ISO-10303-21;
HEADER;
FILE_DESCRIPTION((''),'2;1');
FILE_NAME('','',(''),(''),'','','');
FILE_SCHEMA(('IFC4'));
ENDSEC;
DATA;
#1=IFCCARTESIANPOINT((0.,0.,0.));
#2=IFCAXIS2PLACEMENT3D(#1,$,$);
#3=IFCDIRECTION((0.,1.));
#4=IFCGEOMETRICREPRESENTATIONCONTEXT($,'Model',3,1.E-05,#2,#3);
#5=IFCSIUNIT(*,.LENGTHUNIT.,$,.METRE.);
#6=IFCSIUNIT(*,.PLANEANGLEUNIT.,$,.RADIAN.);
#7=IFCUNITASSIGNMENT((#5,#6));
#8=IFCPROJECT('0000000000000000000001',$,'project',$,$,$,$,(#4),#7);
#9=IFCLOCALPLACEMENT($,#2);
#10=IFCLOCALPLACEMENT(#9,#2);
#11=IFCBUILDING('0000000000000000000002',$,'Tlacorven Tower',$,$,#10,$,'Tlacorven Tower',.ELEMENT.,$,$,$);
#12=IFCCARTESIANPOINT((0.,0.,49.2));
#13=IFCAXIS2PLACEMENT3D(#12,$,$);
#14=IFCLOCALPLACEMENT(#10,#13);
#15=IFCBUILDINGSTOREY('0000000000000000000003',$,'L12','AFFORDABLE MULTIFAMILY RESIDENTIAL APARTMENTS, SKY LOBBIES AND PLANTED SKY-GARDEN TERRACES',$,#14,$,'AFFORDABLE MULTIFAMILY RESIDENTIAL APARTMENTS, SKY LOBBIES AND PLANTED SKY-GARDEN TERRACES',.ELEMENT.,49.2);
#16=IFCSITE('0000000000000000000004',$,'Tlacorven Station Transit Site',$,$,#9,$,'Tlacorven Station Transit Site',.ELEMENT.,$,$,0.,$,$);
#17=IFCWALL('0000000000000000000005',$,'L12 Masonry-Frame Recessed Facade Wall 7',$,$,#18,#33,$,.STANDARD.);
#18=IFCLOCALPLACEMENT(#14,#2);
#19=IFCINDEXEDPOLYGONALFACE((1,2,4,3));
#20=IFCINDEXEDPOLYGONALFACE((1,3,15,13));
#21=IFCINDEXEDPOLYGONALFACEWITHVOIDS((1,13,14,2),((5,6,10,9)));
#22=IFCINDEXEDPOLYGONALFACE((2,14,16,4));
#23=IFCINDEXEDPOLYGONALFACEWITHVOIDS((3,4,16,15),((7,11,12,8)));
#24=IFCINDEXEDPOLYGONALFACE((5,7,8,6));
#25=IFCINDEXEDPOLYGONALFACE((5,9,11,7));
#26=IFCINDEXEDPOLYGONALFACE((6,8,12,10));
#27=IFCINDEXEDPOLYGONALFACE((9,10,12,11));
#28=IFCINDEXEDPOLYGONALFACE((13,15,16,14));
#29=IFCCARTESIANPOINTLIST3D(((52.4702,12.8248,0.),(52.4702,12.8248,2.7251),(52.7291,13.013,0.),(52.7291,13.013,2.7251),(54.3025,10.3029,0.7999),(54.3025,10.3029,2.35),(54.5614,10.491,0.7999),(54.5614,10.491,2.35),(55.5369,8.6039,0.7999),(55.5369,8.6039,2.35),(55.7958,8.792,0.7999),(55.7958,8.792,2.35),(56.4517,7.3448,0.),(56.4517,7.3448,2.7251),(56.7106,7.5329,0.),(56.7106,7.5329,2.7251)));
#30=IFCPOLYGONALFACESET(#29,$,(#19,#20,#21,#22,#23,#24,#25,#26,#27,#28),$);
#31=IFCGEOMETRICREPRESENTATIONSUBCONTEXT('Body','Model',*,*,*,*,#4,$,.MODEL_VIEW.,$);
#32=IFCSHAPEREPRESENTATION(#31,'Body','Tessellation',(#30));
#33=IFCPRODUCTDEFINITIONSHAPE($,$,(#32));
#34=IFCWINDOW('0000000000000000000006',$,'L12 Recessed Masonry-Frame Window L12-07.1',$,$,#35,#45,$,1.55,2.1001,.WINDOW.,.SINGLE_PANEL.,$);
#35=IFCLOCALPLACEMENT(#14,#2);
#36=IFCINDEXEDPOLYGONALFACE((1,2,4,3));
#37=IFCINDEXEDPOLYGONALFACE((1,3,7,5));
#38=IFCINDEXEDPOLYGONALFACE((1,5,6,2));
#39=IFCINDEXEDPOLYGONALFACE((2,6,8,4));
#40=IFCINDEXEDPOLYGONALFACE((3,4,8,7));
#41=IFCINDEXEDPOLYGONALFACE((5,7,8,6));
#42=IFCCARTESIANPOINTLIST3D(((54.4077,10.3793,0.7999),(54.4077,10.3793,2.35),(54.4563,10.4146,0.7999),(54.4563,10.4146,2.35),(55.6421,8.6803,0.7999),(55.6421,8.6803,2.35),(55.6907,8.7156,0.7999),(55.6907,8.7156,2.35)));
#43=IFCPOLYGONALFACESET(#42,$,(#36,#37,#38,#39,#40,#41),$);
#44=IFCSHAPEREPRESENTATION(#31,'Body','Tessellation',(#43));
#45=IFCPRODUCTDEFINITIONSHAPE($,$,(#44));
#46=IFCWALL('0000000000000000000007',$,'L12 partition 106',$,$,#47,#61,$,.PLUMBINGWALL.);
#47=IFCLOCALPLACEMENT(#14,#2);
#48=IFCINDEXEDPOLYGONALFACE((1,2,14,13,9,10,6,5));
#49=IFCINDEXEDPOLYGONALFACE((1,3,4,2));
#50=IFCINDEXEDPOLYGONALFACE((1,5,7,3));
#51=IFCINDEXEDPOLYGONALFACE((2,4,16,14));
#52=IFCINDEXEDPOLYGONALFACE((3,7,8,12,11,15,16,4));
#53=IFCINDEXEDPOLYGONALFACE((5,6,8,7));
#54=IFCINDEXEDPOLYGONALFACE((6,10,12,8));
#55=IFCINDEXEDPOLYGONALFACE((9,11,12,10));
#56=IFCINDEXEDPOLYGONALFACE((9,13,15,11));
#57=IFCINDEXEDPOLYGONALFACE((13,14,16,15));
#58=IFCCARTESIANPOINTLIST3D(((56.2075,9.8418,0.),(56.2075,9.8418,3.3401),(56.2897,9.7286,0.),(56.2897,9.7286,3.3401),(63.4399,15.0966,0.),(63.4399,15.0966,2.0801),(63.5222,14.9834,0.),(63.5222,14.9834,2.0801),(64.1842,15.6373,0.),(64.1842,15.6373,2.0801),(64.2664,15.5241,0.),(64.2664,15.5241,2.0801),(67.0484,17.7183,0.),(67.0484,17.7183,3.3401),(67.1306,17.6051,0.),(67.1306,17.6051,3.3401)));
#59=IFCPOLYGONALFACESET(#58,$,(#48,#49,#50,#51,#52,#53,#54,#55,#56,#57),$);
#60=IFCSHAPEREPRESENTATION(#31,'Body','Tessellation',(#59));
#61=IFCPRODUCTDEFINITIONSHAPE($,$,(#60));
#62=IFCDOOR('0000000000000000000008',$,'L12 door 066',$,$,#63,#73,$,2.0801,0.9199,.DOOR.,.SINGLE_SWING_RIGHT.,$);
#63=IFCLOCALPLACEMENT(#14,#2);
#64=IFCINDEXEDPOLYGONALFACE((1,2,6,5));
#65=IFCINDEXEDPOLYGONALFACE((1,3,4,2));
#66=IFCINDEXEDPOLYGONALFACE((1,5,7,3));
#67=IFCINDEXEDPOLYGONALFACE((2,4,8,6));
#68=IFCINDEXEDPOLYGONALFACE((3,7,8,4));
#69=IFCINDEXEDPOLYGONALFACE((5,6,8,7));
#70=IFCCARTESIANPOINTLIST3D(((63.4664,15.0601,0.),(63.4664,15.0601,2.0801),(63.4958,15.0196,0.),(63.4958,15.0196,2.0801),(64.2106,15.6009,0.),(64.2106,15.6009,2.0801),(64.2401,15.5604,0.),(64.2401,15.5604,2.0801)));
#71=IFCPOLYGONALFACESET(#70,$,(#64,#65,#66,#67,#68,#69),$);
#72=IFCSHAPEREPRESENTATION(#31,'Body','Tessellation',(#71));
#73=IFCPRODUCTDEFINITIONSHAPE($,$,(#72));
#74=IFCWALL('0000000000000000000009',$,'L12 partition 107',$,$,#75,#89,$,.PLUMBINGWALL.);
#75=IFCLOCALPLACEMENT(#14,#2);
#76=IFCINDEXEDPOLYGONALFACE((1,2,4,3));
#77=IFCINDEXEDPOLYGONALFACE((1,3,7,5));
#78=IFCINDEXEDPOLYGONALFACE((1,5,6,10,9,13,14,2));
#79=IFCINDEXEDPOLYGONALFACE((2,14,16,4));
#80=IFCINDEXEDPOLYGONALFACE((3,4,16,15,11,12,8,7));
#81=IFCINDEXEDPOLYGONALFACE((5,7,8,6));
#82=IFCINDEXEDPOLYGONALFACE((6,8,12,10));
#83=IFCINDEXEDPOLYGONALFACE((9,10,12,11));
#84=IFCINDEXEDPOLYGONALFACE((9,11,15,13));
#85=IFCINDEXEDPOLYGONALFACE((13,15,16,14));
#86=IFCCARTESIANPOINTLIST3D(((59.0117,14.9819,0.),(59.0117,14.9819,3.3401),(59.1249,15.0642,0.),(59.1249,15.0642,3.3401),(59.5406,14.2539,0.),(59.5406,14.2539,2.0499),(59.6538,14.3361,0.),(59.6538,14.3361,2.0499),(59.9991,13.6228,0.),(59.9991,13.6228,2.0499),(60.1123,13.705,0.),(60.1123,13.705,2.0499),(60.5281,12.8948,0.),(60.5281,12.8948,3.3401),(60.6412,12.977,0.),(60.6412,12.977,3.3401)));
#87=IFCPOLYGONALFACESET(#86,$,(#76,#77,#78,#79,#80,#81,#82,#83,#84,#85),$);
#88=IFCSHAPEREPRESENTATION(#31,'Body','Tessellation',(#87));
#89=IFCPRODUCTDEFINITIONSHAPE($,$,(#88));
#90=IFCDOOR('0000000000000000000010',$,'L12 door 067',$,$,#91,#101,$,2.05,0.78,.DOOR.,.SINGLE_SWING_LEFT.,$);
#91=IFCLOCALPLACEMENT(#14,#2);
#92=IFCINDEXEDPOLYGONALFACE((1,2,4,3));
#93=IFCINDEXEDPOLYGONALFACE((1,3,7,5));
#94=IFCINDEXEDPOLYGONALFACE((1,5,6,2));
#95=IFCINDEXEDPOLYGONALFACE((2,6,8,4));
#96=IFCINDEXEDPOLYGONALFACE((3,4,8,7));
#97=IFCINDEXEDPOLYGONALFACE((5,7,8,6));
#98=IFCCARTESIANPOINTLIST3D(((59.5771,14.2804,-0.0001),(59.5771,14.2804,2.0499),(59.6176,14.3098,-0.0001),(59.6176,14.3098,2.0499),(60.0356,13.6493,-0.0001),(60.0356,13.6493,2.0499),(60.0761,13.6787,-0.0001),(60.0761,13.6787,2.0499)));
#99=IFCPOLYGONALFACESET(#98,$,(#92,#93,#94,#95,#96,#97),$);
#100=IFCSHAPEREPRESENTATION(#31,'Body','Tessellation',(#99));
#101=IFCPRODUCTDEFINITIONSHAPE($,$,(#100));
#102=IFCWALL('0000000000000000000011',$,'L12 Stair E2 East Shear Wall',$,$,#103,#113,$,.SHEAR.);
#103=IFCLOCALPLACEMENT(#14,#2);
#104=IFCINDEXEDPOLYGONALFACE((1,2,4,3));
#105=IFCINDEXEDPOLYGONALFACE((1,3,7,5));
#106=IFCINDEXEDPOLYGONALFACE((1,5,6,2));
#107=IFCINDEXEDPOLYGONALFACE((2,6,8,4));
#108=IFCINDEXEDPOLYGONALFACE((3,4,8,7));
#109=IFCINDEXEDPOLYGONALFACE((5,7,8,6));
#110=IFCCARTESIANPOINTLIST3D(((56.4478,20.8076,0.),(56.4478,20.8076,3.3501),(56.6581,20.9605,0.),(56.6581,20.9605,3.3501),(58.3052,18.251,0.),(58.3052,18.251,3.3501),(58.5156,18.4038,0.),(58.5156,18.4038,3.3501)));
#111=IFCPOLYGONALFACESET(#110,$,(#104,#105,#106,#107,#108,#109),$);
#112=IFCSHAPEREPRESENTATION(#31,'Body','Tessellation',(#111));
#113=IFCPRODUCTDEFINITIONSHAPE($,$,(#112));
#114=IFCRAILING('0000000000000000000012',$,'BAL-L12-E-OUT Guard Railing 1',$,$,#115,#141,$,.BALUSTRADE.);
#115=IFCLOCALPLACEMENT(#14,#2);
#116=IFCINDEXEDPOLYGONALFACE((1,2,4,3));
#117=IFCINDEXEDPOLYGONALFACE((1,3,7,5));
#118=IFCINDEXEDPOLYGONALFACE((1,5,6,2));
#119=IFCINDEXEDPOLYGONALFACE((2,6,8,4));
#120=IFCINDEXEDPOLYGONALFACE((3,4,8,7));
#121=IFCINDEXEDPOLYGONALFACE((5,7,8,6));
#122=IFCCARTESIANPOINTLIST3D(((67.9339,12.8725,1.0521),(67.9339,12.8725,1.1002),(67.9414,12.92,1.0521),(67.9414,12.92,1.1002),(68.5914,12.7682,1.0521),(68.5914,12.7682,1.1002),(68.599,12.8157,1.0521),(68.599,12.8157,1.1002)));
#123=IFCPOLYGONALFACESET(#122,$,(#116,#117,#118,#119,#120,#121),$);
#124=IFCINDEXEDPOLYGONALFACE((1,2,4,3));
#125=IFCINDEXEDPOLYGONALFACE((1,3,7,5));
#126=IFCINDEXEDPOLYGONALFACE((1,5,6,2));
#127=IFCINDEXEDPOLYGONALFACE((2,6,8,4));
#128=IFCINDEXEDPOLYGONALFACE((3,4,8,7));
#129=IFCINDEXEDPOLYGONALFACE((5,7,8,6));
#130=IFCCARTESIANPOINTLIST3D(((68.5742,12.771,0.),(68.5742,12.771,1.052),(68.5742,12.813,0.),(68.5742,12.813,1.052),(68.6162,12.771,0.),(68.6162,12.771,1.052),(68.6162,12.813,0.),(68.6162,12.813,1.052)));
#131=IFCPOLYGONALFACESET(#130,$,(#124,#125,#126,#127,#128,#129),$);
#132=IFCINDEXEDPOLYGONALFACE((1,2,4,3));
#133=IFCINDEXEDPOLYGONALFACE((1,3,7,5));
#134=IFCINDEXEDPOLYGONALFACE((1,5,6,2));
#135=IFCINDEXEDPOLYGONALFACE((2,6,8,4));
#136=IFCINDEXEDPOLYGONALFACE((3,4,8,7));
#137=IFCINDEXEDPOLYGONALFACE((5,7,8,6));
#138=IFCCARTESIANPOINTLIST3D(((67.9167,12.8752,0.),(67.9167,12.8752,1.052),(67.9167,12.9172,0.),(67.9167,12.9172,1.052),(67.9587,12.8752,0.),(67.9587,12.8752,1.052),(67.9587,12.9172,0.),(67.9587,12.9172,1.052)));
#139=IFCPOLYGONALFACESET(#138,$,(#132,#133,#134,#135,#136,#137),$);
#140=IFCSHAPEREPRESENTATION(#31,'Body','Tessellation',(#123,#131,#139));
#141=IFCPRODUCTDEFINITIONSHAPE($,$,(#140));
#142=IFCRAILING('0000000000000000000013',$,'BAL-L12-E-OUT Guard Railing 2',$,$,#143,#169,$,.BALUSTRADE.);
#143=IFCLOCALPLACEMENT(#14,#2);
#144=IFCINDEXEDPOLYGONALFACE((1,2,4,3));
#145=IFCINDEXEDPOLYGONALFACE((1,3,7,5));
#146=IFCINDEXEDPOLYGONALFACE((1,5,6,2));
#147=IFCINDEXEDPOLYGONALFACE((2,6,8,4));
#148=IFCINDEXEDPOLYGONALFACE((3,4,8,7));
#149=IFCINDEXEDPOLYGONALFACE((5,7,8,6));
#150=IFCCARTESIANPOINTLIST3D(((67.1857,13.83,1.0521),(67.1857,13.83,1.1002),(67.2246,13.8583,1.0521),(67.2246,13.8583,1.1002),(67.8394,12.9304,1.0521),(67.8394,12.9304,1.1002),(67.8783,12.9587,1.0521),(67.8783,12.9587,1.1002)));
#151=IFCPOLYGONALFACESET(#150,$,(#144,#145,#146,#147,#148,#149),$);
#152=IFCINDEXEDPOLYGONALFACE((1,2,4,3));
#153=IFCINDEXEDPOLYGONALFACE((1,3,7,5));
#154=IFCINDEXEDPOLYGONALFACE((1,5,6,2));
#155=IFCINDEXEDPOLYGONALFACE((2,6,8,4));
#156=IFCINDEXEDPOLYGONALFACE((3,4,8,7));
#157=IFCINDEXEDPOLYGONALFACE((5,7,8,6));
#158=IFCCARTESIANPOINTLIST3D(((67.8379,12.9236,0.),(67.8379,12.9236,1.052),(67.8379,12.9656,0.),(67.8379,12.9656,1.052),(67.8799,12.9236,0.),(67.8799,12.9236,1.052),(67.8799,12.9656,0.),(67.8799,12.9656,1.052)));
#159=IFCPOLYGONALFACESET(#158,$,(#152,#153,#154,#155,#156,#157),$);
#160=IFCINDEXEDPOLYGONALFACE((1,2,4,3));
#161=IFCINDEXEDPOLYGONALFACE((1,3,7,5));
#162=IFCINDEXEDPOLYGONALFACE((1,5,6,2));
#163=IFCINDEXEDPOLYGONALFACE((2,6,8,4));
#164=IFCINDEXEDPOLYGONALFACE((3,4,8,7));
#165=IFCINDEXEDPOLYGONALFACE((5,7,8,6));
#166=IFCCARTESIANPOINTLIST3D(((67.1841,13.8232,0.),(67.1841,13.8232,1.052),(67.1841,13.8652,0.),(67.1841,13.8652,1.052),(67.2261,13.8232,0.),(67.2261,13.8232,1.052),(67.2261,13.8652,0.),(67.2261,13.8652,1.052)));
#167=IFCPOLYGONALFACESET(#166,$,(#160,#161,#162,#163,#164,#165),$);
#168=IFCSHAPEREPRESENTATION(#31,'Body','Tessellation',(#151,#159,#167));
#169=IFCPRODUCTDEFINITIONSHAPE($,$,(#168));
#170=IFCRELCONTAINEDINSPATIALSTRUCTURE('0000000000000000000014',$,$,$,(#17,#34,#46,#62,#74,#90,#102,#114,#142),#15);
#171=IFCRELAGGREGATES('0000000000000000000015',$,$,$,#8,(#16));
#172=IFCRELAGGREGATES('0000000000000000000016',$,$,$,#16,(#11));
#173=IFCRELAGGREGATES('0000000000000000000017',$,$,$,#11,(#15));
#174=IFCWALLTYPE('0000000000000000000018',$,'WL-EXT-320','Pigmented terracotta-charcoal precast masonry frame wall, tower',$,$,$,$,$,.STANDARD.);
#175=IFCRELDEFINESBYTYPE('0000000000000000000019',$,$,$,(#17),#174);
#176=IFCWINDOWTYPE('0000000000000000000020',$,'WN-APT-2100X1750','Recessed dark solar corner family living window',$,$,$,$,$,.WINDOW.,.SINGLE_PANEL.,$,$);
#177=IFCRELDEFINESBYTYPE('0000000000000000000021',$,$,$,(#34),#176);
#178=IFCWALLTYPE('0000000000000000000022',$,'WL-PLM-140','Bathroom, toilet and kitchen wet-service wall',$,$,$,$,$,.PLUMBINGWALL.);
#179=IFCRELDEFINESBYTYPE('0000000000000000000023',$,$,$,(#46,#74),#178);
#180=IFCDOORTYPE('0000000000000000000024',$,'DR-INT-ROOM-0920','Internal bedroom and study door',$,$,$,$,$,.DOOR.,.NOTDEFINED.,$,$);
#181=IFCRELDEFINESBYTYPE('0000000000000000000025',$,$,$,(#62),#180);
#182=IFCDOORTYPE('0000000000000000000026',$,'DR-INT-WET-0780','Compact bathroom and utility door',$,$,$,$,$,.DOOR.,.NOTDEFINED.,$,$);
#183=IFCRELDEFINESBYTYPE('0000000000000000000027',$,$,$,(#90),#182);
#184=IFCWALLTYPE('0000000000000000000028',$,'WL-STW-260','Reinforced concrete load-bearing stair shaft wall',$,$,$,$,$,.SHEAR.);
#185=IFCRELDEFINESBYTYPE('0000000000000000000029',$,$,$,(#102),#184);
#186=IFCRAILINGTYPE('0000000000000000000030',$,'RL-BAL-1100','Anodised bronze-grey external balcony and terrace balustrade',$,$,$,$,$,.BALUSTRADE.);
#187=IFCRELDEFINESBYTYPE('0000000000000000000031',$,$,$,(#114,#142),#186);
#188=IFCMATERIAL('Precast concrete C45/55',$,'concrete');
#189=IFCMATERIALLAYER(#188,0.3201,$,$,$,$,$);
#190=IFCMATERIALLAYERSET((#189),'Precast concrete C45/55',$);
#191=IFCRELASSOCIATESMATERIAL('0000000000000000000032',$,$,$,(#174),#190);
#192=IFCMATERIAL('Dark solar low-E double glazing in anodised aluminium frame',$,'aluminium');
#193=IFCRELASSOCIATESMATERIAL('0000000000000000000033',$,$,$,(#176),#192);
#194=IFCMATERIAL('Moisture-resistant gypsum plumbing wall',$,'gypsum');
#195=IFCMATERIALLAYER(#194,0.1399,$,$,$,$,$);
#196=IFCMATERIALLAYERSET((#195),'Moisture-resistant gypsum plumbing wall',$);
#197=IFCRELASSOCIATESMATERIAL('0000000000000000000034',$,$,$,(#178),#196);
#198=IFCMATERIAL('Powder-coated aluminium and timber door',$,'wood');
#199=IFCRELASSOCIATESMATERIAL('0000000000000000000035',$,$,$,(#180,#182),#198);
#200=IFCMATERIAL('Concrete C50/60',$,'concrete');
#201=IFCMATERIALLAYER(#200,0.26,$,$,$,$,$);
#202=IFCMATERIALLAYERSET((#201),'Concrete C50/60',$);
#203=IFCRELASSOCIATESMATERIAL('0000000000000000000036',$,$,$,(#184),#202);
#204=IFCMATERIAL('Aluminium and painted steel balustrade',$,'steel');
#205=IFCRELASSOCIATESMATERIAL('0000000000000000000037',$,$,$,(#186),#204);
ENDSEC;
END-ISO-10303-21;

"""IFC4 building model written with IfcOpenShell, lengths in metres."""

from ifc_helpers import new_model, si_unit, direction, frame, frame_2d, origin, origin_2d, place, context, subcontext, project, spatial, rectangle, extrude, source, transform, mapped, material, layer, layer_set, type_object, element, fill, save


model = new_model("IFC4")

# Units and contexts
model_context = context("Model", 3, precision=1e-05, world=origin(), true_north=direction((0.0, 1.0)))
body_context = subcontext(model_context, "Body", "Model", "MODEL_VIEW")
ifc_project = project(units=[si_unit("LENGTHUNIT", "METRE"), si_unit("PLANEANGLEUNIT", "RADIAN")], contexts=[model_context])

# Site, building, storey
site_placement = place(None, origin())
site = spatial("IfcSite", under=ifc_project, at=site_placement, Name="Tlacorven Station Transit Site", LongName="Tlacorven Station Transit Site", CompositionType="ELEMENT", RefElevation=0.0)
building_placement = place(site_placement, origin())
building = spatial("IfcBuilding", under=site, at=building_placement, Name="Tlacorven Tower", LongName="Tlacorven Tower", CompositionType="ELEMENT")
storey_placement = place(building_placement, frame((0.0, 0.0, 49.2)))
storey = spatial("IfcBuildingStorey", under=building, at=storey_placement, Name="L12", Description="AFFORDABLE MULTIFAMILY RESIDENTIAL APARTMENTS, SKY LOBBIES AND PLANTED SKY-GARDEN TERRACES", LongName="AFFORDABLE MULTIFAMILY RESIDENTIAL APARTMENTS, SKY LOBBIES AND PLANTED SKY-GARDEN TERRACES", CompositionType="ELEMENT", Elevation=49.2)

# Shared definitions
ifc_material_1 = material(Name="Precast concrete C45/55", Category="concrete")
ifc_layer_1 = layer(ifc_material_1, 0.3201)
ifc_layer_set_1 = layer_set([ifc_layer_1], Name="Precast concrete C45/55")
wall_type_1 = type_object("IfcWallType", Name="WL-EXT-320", Description="Pigmented terracotta-charcoal precast masonry frame wall, tower", PredefinedType="STANDARD", material=ifc_layer_set_1)
ifc_material_2 = material(Name="Powder-coated aluminium and timber door", Category="wood")
ifc_material_3 = material(Name="Dark solar low-E double glazing in anodised aluminium frame", Category="aluminium")

# Wall, opening, window
wall_1_placement = place(storey_placement, frame((56.5811, 7.439, 0.0), z_axis=(0.0, 0.0, 1.0), x_axis=(-0.587786, 0.809017, 0.0)))
wall_1 = element("IfcWall", 1, at=wall_1_placement, inside=storey, type_object=wall_type_1, Name="L12 Masonry-Frame Recessed Facade Wall 7", PredefinedType="STANDARD", context=body_context, shape_type="SweptSolid", body=[
    extrude(rectangle(XDim=6.7737, YDim=0.3201, at=frame_2d((3.3867, 0.0))), origin(), (0.0, 0.0, 1.0), 2.7251),
])
opening_1_placement = place(wall_1_placement, frame((1.5562, 0.0, 0.8)))
opening_1 = element("IfcOpeningElement", 2, at=opening_1_placement, cuts=wall_1, PredefinedType="OPENING", context=body_context, shape_type="SweptSolid", body=[
    extrude(rectangle(XDim=2.1001, YDim=1.55, at=frame_2d((1.05, 0.7749))), frame((0.0, 0.1699, 0.0), z_axis=(0.0, -1.0, 0.0), x_axis=(1.0, 0.0, 0.0)), (0.0, 0.0, 1.0), 0.3401),
])
window_type_1 = type_object("IfcWindowType", Name="WN-APT-2100X1750", Description="Recessed dark solar corner family living window", PartitioningType="SINGLE_PANEL", PredefinedType="WINDOW", material=ifc_material_3)
shared_shape_1 = source(origin(), body_context, "Body", "SweptSolid", [
    extrude(rectangle(XDim=2.1001, YDim=1.55, at=frame_2d((1.05, 0.7749))), frame((0.0, 0.03, 0.0), z_axis=(0.0, -1.0, 0.0), x_axis=(1.0, 0.0, 0.0)), (0.0, 0.0, 1.0), 0.0601),
])
window_1_placement = place(opening_1_placement, origin())
window_1 = element("IfcWindow", 3, at=window_1_placement, inside=storey, type_object=window_type_1, Name="L12 Recessed Masonry-Frame Window L12-07.1", OverallHeight=1.55, OverallWidth=2.1001, PartitioningType="SINGLE_PANEL", PredefinedType="WINDOW", context=body_context, shape_type="MappedRepresentation", body=[
    mapped(shared_shape_1, transform((0.0, 0.0, 0.0), scale=1.0)),
])
fill(opening_1, window_1)

# Walls, openings, doors
ifc_material_4 = material(Name="Moisture-resistant gypsum plumbing wall", Category="gypsum")
ifc_layer_2 = layer(ifc_material_4, 0.1399)
ifc_layer_set_2 = layer_set([ifc_layer_2], Name="Moisture-resistant gypsum plumbing wall")
wall_type_2 = type_object("IfcWallType", Name="WL-PLM-140", Description="Bathroom, toilet and kitchen wet-service wall", PredefinedType="PLUMBINGWALL", material=ifc_layer_set_2)
wall_2_placement = place(storey_placement, frame((56.2485, 9.7852, 0.0), z_axis=(0.0, 0.0, 1.0), x_axis=(0.809012, 0.587792, 0.0)))
wall_2 = element("IfcWall", 4, at=wall_2_placement, inside=storey, type_object=wall_type_2, Name="L12 partition 106", PredefinedType="PLUMBINGWALL", context=body_context, shape_type="SweptSolid", body=[
    extrude(rectangle(XDim=13.4001, YDim=0.1399, at=frame_2d((6.7002, 0.0))), origin(), (0.0, 0.0, 1.0), 3.3401),
])
opening_2_placement = place(wall_2_placement, frame((8.9399, 0.0, 0.0)))
opening_2 = element("IfcOpeningElement", 5, at=opening_2_placement, cuts=wall_2, PredefinedType="OPENING", context=body_context, shape_type="SweptSolid", body=[
    extrude(rectangle(XDim=0.9199, YDim=2.0801, at=frame_2d((0.46, 1.04))), frame((0.0, 0.0801, 0.0), z_axis=(0.0, -1.0, 0.0), x_axis=(1.0, 0.0, 0.0)), (0.0, 0.0, 1.0), 0.1599),
])
door_type_1 = type_object("IfcDoorType", Name="DR-INT-ROOM-0920", Description="Internal bedroom and study door", OperationType="NOTDEFINED", PredefinedType="DOOR", material=ifc_material_2)
shared_shape_2 = source(origin(), body_context, "Body", "SweptSolid", [
    extrude(rectangle(XDim=0.9199, YDim=2.0801, at=frame_2d((0.46, 1.04))), frame((0.0, 0.0249, 0.0), z_axis=(0.0, -1.0, 0.0), x_axis=(1.0, 0.0, 0.0)), (0.0, 0.0, 1.0), 0.05),
])
door_1_placement = place(opening_2_placement, origin())
door_1 = element("IfcDoor", 6, at=door_1_placement, inside=storey, type_object=door_type_1, Name="L12 door 066", OperationType="SINGLE_SWING_RIGHT", OverallHeight=2.0801, OverallWidth=0.9199, PredefinedType="DOOR", context=body_context, shape_type="MappedRepresentation", body=[
    mapped(shared_shape_2, transform((0.0, 0.0, 0.0), scale=1.0)),
])
fill(opening_2, door_1)
wall_3_placement = place(storey_placement, frame((60.5847, 12.9358, 0.0), z_axis=(0.0, 0.0, 1.0), x_axis=(-0.587772, 0.809027, 0.0)))
wall_3 = element("IfcWall", 7, at=wall_3_placement, inside=storey, type_object=wall_type_2, Name="L12 partition 107", PredefinedType="PLUMBINGWALL", context=body_context, shape_type="SweptSolid", body=[
    extrude(rectangle(XDim=2.5798, YDim=0.1399, at=frame_2d((1.29, 0.0))), origin(), (0.0, 0.0, 1.0), 3.3401),
])
opening_3_placement = place(wall_3_placement, frame((0.8999, 0.0, 0.0)))
opening_3 = element("IfcOpeningElement", 8, at=opening_3_placement, cuts=wall_3, PredefinedType="OPENING", context=body_context, shape_type="SweptSolid", body=[
    extrude(rectangle(XDim=0.78, YDim=2.05, at=frame_2d((0.3901, 1.0249))), frame((0.0, 0.0801, 0.0), z_axis=(0.0, -1.0, 0.0), x_axis=(1.0, 0.0, 0.0)), (0.0, 0.0, 1.0), 0.1599),
])
door_type_2 = type_object("IfcDoorType", Name="DR-INT-WET-0780", Description="Compact bathroom and utility door", OperationType="NOTDEFINED", PredefinedType="DOOR", material=ifc_material_2)
shared_shape_3 = source(origin(), body_context, "Body", "SweptSolid", [
    extrude(rectangle(XDim=0.78, YDim=2.05, at=frame_2d((0.3901, 1.0249))), frame((0.0, 0.0249, 0.0), z_axis=(0.0, -1.0, 0.0), x_axis=(1.0, 0.0, 0.0)), (0.0, 0.0, 1.0), 0.05),
])
door_2_placement = place(opening_3_placement, origin())
door_2 = element("IfcDoor", 9, at=door_2_placement, inside=storey, type_object=door_type_2, Name="L12 door 067", OperationType="SINGLE_SWING_LEFT", OverallHeight=2.05, OverallWidth=0.78, PredefinedType="DOOR", context=body_context, shape_type="MappedRepresentation", body=[
    mapped(shared_shape_3, transform((0.0, 0.0, 0.0), scale=1.0)),
])
fill(opening_3, door_2)

# Wall
ifc_material_5 = material(Name="Concrete C50/60", Category="concrete")
ifc_layer_3 = layer(ifc_material_5, 0.26)
ifc_layer_set_3 = layer_set([ifc_layer_3], Name="Concrete C50/60")
wall_type_3 = type_object("IfcWallType", Name="WL-STW-260", Description="Reinforced concrete load-bearing stair shaft wall", PredefinedType="SHEAR", material=ifc_layer_set_3)
wall_4_placement = place(storey_placement, frame((58.4104, 18.3274, 0.0), z_axis=(0.0, 0.0, 1.0), x_axis=(-0.587767, 0.80903, 0.0)))
element("IfcWall", 10, at=wall_4_placement, inside=storey, type_object=wall_type_3, Name="L12 Stair E2 East Shear Wall", PredefinedType="SHEAR", context=body_context, shape_type="SweptSolid", body=[
    extrude(rectangle(XDim=3.1602, YDim=0.26, at=frame_2d((1.5801, 0.0))), origin(), (0.0, 0.0, 1.0), 3.3501),
])

# Railings
ifc_material_6 = material(Name="Aluminium and painted steel balustrade", Category="steel")
railing_type = type_object("IfcRailingType", Name="RL-BAL-1100", Description="Anodised bronze-grey external balcony and terrace balustrade", PredefinedType="BALUSTRADE", material=ifc_material_6)
shared_shape_4 = source(origin(), body_context, "Body", "SweptSolid", [
    extrude(rectangle(XDim=0.0481, YDim=0.0481, at=origin_2d()), frame((0.0, 0.0, 1.0762), z_axis=(-0.987662, 0.156603, 0.0), x_axis=(-0.156603, -0.987662, 0.0)), (0.0, 0.0, 1.0), 0.6658),
    extrude(rectangle(XDim=0.042, YDim=0.042, at=origin_2d()), origin(), (0.0, 0.0, 1.0), 1.052),
    extrude(rectangle(XDim=0.042, YDim=0.042, at=origin_2d()), frame((-0.6575, 0.1042, 0.0)), (0.0, 0.0, 1.0), 1.052),
])
railing_1_placement = place(storey_placement, frame((68.5952, 12.792, 0.0)))
element("IfcRailing", 11, at=railing_1_placement, inside=storey, type_object=railing_type, Name="BAL-L12-E-OUT Guard Railing 1", PredefinedType="BALUSTRADE", context=body_context, shape_type="MappedRepresentation", body=[
    mapped(shared_shape_4, transform((0.0, 0.0, 0.0), scale=1.0)),
])
shared_shape_5 = source(origin(), body_context, "Body", "SweptSolid", [
    extrude(rectangle(XDim=0.0481, YDim=0.0481, at=origin_2d()), frame((0.0, 0.0, 1.0762), z_axis=(-0.587884, 0.808945, 0.0), x_axis=(-0.808945, -0.587884, 0.0)), (0.0, 0.0, 1.0), 1.1121),
    extrude(rectangle(XDim=0.042, YDim=0.042, at=origin_2d()), origin(), (0.0, 0.0, 1.0), 1.052),
    extrude(rectangle(XDim=0.042, YDim=0.042, at=origin_2d()), frame((-0.6538, 0.8997, 0.0)), (0.0, 0.0, 1.0), 1.052),
])
railing_2_placement = place(storey_placement, frame((67.8589, 12.9446, 0.0)))
element("IfcRailing", 12, at=railing_2_placement, inside=storey, type_object=railing_type, Name="BAL-L12-E-OUT Guard Railing 2", PredefinedType="BALUSTRADE", context=body_context, shape_type="MappedRepresentation", body=[
    mapped(shared_shape_5, transform((0.0, 0.0, 0.0), scale=1.0)),
])

save(model, "model.ifc")
